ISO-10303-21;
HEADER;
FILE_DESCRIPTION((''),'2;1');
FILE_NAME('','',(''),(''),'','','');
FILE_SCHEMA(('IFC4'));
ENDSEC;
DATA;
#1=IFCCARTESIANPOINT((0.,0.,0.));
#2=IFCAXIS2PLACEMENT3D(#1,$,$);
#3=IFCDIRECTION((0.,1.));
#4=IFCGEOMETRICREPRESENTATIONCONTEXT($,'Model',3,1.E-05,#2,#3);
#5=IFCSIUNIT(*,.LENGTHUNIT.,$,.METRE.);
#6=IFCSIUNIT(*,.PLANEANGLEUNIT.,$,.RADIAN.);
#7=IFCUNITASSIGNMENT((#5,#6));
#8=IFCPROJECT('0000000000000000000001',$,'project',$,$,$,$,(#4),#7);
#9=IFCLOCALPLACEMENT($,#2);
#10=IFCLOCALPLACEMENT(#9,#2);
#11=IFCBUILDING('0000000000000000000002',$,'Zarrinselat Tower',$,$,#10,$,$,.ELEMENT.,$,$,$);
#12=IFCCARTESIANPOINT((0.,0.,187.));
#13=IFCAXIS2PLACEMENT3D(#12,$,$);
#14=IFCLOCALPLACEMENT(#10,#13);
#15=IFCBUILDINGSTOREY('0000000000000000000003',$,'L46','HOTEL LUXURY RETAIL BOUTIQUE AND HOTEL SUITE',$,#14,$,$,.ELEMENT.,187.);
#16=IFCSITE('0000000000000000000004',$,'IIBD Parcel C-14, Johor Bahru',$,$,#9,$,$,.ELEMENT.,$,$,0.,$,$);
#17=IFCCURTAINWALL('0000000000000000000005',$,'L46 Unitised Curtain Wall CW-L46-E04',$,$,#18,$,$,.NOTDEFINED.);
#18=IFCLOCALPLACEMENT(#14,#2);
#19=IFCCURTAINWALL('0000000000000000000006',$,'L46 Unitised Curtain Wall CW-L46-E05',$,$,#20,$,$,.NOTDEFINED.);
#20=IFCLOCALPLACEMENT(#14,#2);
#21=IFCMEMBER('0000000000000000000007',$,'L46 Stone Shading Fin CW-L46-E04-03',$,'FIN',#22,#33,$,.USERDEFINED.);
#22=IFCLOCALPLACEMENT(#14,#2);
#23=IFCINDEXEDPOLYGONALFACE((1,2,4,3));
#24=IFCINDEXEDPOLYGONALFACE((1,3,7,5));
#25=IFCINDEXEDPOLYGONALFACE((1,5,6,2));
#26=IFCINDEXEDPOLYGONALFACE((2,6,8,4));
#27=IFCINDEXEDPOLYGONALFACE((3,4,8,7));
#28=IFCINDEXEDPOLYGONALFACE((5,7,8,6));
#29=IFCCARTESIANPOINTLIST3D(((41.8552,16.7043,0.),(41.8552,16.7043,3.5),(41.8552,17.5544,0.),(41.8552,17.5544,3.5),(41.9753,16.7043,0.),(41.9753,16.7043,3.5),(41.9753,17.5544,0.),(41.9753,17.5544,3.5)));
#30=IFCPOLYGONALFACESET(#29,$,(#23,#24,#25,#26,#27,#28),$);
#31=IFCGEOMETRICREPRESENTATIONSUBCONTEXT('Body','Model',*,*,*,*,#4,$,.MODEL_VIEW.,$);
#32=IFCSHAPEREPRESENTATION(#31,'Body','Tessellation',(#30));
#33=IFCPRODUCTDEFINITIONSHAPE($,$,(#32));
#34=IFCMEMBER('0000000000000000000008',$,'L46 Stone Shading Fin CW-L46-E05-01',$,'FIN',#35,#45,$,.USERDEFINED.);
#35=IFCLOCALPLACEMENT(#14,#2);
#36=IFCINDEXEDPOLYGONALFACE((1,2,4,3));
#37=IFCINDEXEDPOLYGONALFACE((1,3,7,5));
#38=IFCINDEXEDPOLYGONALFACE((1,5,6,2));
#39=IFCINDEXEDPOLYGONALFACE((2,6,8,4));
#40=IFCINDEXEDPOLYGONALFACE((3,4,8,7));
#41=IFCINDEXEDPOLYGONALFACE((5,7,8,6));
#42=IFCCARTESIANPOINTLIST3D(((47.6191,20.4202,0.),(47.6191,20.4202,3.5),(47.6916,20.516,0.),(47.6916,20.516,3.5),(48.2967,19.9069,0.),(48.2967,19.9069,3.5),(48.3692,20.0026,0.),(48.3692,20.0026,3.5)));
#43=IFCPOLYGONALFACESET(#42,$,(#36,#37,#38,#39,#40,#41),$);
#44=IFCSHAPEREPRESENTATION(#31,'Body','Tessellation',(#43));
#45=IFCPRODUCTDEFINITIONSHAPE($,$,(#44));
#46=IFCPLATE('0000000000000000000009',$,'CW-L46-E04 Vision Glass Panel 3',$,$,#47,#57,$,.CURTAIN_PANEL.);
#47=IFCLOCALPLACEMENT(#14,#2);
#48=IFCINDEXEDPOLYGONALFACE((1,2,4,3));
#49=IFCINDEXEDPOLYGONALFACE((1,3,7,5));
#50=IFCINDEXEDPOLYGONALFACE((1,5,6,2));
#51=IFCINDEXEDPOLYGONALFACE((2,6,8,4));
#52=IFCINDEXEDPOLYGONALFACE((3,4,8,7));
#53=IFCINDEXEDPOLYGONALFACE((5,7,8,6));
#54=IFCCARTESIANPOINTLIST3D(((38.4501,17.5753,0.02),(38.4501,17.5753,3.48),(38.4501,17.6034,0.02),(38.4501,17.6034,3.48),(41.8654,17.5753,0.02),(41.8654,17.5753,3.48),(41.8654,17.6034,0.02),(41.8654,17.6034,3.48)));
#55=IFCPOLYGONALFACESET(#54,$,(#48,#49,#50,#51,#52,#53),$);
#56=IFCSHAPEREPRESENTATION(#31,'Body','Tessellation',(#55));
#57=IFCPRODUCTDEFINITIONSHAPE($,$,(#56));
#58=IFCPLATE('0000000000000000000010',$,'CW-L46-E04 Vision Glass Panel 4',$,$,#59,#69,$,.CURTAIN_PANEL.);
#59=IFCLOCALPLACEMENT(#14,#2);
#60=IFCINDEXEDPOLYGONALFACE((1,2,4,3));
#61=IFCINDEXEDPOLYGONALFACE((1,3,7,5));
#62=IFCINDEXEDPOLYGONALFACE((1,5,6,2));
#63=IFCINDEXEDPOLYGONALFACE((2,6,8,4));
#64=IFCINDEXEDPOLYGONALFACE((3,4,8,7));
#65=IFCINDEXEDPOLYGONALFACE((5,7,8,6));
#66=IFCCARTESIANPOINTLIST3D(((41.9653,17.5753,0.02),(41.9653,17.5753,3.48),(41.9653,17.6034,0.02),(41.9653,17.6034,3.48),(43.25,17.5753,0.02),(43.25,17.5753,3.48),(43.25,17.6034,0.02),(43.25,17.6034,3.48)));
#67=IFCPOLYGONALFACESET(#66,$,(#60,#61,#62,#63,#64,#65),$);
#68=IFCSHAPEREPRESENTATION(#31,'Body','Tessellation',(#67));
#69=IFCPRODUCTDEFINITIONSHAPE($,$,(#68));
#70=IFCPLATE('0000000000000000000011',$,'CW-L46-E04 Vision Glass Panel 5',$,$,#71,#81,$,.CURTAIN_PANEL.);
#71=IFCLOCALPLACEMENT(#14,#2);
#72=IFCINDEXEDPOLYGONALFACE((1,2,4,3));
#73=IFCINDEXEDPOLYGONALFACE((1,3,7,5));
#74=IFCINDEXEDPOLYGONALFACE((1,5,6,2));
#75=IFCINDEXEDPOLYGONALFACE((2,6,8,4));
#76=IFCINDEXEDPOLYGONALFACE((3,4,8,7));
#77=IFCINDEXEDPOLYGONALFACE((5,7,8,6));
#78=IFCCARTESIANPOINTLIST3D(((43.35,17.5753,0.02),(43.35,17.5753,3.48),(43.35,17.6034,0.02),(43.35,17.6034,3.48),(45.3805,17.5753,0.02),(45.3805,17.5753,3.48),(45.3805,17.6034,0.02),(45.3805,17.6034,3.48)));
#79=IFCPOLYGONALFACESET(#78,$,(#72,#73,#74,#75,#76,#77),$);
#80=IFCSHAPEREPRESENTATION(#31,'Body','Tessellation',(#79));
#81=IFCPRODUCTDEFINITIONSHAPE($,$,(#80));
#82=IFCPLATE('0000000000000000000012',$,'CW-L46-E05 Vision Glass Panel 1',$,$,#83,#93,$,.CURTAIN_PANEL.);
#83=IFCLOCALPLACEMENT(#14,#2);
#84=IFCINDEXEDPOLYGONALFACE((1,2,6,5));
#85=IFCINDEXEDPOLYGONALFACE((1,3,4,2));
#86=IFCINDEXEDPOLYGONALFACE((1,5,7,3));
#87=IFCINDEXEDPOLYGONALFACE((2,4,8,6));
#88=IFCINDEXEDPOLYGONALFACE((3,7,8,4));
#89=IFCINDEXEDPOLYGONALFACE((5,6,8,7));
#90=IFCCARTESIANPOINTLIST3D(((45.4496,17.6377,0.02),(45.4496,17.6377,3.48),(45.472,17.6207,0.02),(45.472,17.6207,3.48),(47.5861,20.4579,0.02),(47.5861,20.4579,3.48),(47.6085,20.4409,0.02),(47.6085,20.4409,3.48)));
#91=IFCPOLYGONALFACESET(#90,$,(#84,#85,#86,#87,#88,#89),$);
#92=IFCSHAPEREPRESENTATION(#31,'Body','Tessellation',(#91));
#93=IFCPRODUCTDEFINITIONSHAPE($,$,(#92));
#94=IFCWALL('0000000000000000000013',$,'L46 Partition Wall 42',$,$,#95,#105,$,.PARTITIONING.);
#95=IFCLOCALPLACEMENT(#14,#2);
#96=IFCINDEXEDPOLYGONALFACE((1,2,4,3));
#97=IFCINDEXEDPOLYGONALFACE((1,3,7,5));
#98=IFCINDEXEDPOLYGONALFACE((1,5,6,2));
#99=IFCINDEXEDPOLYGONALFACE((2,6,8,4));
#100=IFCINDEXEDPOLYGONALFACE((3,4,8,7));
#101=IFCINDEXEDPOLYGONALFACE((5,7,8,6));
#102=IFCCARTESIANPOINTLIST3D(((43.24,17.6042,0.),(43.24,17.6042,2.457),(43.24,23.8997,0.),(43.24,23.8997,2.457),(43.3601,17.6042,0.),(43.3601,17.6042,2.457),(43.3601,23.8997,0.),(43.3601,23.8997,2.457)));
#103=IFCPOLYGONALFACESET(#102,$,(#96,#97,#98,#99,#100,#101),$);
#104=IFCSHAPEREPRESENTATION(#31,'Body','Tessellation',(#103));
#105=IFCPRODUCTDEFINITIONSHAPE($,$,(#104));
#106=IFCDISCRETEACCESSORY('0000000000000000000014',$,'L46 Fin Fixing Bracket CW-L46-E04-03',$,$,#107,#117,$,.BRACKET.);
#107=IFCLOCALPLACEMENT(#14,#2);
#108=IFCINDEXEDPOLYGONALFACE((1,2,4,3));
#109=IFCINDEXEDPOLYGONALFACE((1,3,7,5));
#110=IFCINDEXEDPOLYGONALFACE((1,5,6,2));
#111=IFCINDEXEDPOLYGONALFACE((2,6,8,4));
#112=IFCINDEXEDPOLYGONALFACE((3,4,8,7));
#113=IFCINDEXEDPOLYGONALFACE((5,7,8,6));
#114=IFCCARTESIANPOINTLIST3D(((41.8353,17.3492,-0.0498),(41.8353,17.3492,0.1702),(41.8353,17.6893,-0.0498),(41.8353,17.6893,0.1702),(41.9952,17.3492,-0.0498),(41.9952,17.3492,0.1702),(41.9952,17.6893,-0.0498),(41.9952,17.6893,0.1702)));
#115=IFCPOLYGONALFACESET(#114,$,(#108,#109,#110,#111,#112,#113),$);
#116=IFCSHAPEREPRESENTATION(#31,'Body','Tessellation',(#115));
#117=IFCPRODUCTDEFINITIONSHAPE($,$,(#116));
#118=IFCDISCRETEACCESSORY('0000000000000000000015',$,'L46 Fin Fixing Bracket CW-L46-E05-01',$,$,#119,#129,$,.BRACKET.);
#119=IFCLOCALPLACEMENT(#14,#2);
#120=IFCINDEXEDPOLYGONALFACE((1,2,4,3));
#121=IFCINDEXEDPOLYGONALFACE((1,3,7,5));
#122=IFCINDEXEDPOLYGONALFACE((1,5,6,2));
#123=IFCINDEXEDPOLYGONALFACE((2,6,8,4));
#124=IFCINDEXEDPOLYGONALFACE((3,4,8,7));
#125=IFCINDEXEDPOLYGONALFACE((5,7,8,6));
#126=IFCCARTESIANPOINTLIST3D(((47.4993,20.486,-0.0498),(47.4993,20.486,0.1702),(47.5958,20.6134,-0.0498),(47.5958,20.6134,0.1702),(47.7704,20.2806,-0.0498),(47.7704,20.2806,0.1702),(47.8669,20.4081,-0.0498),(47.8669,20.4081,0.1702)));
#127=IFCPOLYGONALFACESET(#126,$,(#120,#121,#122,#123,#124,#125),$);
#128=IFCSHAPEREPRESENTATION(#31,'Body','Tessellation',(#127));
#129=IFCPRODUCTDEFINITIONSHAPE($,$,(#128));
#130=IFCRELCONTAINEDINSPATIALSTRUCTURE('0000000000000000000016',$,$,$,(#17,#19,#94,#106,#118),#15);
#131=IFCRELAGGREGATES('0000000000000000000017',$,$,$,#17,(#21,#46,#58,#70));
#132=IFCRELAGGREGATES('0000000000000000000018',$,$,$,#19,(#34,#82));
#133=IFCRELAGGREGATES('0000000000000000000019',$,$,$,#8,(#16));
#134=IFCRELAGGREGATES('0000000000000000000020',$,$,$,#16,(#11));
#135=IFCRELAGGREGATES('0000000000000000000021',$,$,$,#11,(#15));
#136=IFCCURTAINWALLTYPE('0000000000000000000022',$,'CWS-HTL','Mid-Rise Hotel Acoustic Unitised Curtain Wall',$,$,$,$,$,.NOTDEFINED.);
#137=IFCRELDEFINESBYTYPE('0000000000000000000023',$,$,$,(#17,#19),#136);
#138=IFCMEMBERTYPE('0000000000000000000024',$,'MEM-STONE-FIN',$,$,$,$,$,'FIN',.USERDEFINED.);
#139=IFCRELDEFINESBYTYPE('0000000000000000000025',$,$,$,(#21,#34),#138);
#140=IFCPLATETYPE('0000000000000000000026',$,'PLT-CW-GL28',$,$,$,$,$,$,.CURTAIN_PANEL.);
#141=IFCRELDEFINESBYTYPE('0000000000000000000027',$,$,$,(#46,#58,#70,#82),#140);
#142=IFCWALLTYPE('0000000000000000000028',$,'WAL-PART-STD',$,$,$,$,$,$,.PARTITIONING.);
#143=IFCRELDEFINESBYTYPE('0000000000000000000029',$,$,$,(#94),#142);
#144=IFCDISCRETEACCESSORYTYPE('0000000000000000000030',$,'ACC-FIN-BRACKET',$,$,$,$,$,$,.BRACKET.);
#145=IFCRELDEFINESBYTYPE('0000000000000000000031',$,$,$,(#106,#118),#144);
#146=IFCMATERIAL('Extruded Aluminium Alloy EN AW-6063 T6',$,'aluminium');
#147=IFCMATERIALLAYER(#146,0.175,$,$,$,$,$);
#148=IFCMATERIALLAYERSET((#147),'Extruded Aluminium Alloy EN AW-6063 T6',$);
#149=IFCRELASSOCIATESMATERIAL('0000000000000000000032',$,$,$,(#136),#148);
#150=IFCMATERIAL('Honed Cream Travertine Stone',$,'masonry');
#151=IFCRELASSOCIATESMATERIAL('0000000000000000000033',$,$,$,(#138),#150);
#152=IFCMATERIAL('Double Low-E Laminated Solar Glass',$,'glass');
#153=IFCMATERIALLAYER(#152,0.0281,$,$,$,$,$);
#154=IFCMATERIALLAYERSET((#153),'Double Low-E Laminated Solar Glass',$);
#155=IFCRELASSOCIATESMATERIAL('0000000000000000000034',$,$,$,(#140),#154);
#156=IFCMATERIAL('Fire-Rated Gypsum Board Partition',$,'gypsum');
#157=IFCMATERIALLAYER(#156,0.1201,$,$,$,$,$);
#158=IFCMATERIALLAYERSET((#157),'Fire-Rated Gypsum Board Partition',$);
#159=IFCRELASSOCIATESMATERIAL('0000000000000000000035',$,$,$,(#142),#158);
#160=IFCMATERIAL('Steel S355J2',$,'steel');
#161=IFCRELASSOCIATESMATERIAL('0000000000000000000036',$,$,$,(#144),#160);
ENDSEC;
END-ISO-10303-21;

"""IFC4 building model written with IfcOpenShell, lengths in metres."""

from ifc_helpers import new_model, si_unit, direction, frame, frame_2d, origin, origin_2d, place, context, subcontext, project, spatial, rectangle, extrude, material, layer, layer_set, material_profile, profile_set, type_object, element, aggregate, save


model = new_model("IFC4")

# Units and contexts
model_context = context("Model", 3, precision=1e-05, world=origin(), true_north=direction((0.0, 1.0)))
body_context = subcontext(model_context, "Body", "Model", "MODEL_VIEW")
ifc_project = project(units=[si_unit("LENGTHUNIT", "METRE"), si_unit("PLANEANGLEUNIT", "RADIAN")], contexts=[model_context])

# Site, building, storey
site_placement = place(None, origin())
site = spatial("IfcSite", under=ifc_project, at=site_placement, Name="IIBD Parcel C-14, Johor Bahru", CompositionType="ELEMENT", RefElevation=0.0)
building_placement = place(site_placement, origin())
building = spatial("IfcBuilding", under=site, at=building_placement, Name="Zarrinselat Tower", CompositionType="ELEMENT")
storey_placement = place(building_placement, frame((0.0, 0.0, 187.0)))
storey = spatial("IfcBuildingStorey", under=building, at=storey_placement, Name="L46", Description="HOTEL LUXURY RETAIL BOUTIQUE AND HOTEL SUITE", CompositionType="ELEMENT", Elevation=187.0)

# Curtain walls
ifc_material_1 = material(Name="Extruded Aluminium Alloy EN AW-6063 T6", Category="aluminium")
ifc_layer_1 = layer(ifc_material_1, 0.175)
ifc_layer_set_1 = layer_set([ifc_layer_1], Name="Extruded Aluminium Alloy EN AW-6063 T6")
curtain_wall_type = type_object("IfcCurtainWallType", Name="CWS-HTL", Description="Mid-Rise Hotel Acoustic Unitised Curtain Wall", PredefinedType="NOTDEFINED", material=ifc_layer_set_1)
curtain_wall_1_placement = place(storey_placement, origin())
curtain_wall_1 = element("IfcCurtainWall", 1, at=curtain_wall_1_placement, inside=storey, type_object=curtain_wall_type, Name="L46 Unitised Curtain Wall CW-L46-E04", PredefinedType="NOTDEFINED")
curtain_wall_2_placement = place(storey_placement, origin())
curtain_wall_2 = element("IfcCurtainWall", 2, at=curtain_wall_2_placement, inside=storey, type_object=curtain_wall_type, Name="L46 Unitised Curtain Wall CW-L46-E05", PredefinedType="NOTDEFINED")

# Members
ifc_material_2 = material(Name="Honed Cream Travertine Stone", Category="masonry")
ifc_material_profile_1 = material_profile(ifc_material_2, rectangle(XDim=0.1201, YDim=0.8501, at=origin_2d()), Name="FIN 850x120")
ifc_profile_set_1 = profile_set([ifc_material_profile_1], Name="Honed Cream Travertine Stone")
member_type_1 = type_object("IfcMemberType", Name="MEM-STONE-FIN", ElementType="FIN", PredefinedType="USERDEFINED", material=ifc_profile_set_1)
member_1_placement = place(storey_placement, frame((41.9153, 17.1294, 0.0), z_axis=(0.0, 0.0, 1.0), x_axis=(-1.0, 0.0, 0.0)))
member_1 = element("IfcMember", 3, at=member_1_placement, type_object=member_type_1, Name="L46 Stone Shading Fin CW-L46-E04-03", ObjectType="FIN", PredefinedType="USERDEFINED", context=body_context, shape_type="SweptSolid", body=[
    extrude(rectangle(XDim=0.1201, YDim=0.8501, at=origin_2d()), origin(), (0.0, 0.0, 1.0), 3.5),
])
member_2_placement = place(storey_placement, frame((47.9941, 20.2114, 0.0), z_axis=(0.0, 0.0, 1.0), x_axis=(-0.603857, -0.797093, 0.0)))
member_2 = element("IfcMember", 4, at=member_2_placement, type_object=member_type_1, Name="L46 Stone Shading Fin CW-L46-E05-01", ObjectType="FIN", PredefinedType="USERDEFINED", context=body_context, shape_type="SweptSolid", body=[
    extrude(rectangle(XDim=0.1201, YDim=0.8501, at=origin_2d()), origin(), (0.0, 0.0, 1.0), 3.5),
])

# Plates
ifc_material_3 = material(Name="Double Low-E Laminated Solar Glass", Category="glass")
ifc_layer_2 = layer(ifc_material_3, 0.0281)
ifc_layer_set_2 = layer_set([ifc_layer_2], Name="Double Low-E Laminated Solar Glass")
plate_type = type_object("IfcPlateType", Name="PLT-CW-GL28", PredefinedType="CURTAIN_PANEL", material=ifc_layer_set_2)
plate_1_placement = place(storey_placement, frame((40.1577, 17.5894, 0.02), z_axis=(0.0, 0.0, 1.0), x_axis=(1.0, 0.0, 0.0)))
plate_1 = element("IfcPlate", 5, at=plate_1_placement, type_object=plate_type, Name="CW-L46-E04 Vision Glass Panel 3", PredefinedType="CURTAIN_PANEL", context=body_context, shape_type="SweptSolid", body=[
    extrude(rectangle(XDim=3.4153, YDim=0.0281, at=origin_2d()), origin(), (0.0, 0.0, 1.0), 3.46),
])
plate_2_placement = place(storey_placement, frame((42.6077, 17.5894, 0.02), z_axis=(0.0, 0.0, 1.0), x_axis=(1.0, 0.0, 0.0)))
plate_2 = element("IfcPlate", 6, at=plate_2_placement, type_object=plate_type, Name="CW-L46-E04 Vision Glass Panel 4", PredefinedType="CURTAIN_PANEL", context=body_context, shape_type="SweptSolid", body=[
    extrude(rectangle(XDim=1.2847, YDim=0.0281, at=origin_2d()), origin(), (0.0, 0.0, 1.0), 3.46),
])
plate_3_placement = place(storey_placement, frame((44.3652, 17.5894, 0.02), z_axis=(0.0, 0.0, 1.0), x_axis=(1.0, 0.0, 0.0)))
plate_3 = element("IfcPlate", 7, at=plate_3_placement, type_object=plate_type, Name="CW-L46-E04 Vision Glass Panel 5", PredefinedType="CURTAIN_PANEL", context=body_context, shape_type="SweptSolid", body=[
    extrude(rectangle(XDim=2.0305, YDim=0.0281, at=origin_2d()), origin(), (0.0, 0.0, 1.0), 3.46),
])
aggregate(curtain_wall_1, [member_1, plate_1, plate_2, plate_3])
plate_4_placement = place(storey_placement, frame((46.5291, 19.0393, 0.02), z_axis=(0.0, 0.0, 1.0), x_axis=(0.603857, 0.797093, 0.0)))
plate_4 = element("IfcPlate", 8, at=plate_4_placement, type_object=plate_type, Name="CW-L46-E05 Vision Glass Panel 1", PredefinedType="CURTAIN_PANEL", context=body_context, shape_type="SweptSolid", body=[
    extrude(rectangle(XDim=3.5381, YDim=0.0281, at=origin_2d()), origin(), (0.0, 0.0, 1.0), 3.46),
])
aggregate(curtain_wall_2, [member_2, plate_4])

# Wall
ifc_material_4 = material(Name="Fire-Rated Gypsum Board Partition", Category="gypsum")
ifc_layer_3 = layer(ifc_material_4, 0.1201)
ifc_layer_set_3 = layer_set([ifc_layer_3], Name="Fire-Rated Gypsum Board Partition")
wall_type = type_object("IfcWallType", Name="WAL-PART-STD", PredefinedType="PARTITIONING", material=ifc_layer_set_3)
wall_placement = place(storey_placement, frame((43.3, 17.6042, 0.0), z_axis=(0.0, 0.0, 1.0), x_axis=(0.0, 1.0, 0.0)))
element("IfcWall", 9, at=wall_placement, inside=storey, type_object=wall_type, Name="L46 Partition Wall 42", PredefinedType="PARTITIONING", context=body_context, shape_type="SweptSolid", body=[
    extrude(rectangle(XDim=6.2954, YDim=0.1201, at=frame_2d((3.1477, 0.0))), origin(), (0.0, 0.0, 1.0), 2.457),
])

# Discrete accessories
ifc_material_5 = material(Name="Steel S355J2", Category="steel")
discrete_accessory_type = type_object("IfcDiscreteAccessoryType", Name="ACC-FIN-BRACKET", PredefinedType="BRACKET", material=ifc_material_5)
for number, where, z_axis, x_axis, name in (
    (10, (41.9153, 17.5193, -0.0498), (0.0, 0.0, 1.0), (0.0, -1.0, 0.0), "L46 Fin Fixing Bracket CW-L46-E04-03"),
    (11, (47.6831, 20.447, -0.0498), (0.0, 0.0, 1.0), (0.797093, -0.603857, 0.0), "L46 Fin Fixing Bracket CW-L46-E05-01"),
):
    element("IfcDiscreteAccessory", number, at=place(storey_placement, frame(where, z_axis=z_axis, x_axis=x_axis)), inside=storey, type_object=discrete_accessory_type, Name=name, PredefinedType="BRACKET", context=body_context, shape_type="SweptSolid", body=[
        extrude(rectangle(XDim=0.3401, YDim=0.1599, at=origin_2d()), origin(), (0.0, 0.0, 1.0), 0.22),
    ])

save(model, "model.ifc")
